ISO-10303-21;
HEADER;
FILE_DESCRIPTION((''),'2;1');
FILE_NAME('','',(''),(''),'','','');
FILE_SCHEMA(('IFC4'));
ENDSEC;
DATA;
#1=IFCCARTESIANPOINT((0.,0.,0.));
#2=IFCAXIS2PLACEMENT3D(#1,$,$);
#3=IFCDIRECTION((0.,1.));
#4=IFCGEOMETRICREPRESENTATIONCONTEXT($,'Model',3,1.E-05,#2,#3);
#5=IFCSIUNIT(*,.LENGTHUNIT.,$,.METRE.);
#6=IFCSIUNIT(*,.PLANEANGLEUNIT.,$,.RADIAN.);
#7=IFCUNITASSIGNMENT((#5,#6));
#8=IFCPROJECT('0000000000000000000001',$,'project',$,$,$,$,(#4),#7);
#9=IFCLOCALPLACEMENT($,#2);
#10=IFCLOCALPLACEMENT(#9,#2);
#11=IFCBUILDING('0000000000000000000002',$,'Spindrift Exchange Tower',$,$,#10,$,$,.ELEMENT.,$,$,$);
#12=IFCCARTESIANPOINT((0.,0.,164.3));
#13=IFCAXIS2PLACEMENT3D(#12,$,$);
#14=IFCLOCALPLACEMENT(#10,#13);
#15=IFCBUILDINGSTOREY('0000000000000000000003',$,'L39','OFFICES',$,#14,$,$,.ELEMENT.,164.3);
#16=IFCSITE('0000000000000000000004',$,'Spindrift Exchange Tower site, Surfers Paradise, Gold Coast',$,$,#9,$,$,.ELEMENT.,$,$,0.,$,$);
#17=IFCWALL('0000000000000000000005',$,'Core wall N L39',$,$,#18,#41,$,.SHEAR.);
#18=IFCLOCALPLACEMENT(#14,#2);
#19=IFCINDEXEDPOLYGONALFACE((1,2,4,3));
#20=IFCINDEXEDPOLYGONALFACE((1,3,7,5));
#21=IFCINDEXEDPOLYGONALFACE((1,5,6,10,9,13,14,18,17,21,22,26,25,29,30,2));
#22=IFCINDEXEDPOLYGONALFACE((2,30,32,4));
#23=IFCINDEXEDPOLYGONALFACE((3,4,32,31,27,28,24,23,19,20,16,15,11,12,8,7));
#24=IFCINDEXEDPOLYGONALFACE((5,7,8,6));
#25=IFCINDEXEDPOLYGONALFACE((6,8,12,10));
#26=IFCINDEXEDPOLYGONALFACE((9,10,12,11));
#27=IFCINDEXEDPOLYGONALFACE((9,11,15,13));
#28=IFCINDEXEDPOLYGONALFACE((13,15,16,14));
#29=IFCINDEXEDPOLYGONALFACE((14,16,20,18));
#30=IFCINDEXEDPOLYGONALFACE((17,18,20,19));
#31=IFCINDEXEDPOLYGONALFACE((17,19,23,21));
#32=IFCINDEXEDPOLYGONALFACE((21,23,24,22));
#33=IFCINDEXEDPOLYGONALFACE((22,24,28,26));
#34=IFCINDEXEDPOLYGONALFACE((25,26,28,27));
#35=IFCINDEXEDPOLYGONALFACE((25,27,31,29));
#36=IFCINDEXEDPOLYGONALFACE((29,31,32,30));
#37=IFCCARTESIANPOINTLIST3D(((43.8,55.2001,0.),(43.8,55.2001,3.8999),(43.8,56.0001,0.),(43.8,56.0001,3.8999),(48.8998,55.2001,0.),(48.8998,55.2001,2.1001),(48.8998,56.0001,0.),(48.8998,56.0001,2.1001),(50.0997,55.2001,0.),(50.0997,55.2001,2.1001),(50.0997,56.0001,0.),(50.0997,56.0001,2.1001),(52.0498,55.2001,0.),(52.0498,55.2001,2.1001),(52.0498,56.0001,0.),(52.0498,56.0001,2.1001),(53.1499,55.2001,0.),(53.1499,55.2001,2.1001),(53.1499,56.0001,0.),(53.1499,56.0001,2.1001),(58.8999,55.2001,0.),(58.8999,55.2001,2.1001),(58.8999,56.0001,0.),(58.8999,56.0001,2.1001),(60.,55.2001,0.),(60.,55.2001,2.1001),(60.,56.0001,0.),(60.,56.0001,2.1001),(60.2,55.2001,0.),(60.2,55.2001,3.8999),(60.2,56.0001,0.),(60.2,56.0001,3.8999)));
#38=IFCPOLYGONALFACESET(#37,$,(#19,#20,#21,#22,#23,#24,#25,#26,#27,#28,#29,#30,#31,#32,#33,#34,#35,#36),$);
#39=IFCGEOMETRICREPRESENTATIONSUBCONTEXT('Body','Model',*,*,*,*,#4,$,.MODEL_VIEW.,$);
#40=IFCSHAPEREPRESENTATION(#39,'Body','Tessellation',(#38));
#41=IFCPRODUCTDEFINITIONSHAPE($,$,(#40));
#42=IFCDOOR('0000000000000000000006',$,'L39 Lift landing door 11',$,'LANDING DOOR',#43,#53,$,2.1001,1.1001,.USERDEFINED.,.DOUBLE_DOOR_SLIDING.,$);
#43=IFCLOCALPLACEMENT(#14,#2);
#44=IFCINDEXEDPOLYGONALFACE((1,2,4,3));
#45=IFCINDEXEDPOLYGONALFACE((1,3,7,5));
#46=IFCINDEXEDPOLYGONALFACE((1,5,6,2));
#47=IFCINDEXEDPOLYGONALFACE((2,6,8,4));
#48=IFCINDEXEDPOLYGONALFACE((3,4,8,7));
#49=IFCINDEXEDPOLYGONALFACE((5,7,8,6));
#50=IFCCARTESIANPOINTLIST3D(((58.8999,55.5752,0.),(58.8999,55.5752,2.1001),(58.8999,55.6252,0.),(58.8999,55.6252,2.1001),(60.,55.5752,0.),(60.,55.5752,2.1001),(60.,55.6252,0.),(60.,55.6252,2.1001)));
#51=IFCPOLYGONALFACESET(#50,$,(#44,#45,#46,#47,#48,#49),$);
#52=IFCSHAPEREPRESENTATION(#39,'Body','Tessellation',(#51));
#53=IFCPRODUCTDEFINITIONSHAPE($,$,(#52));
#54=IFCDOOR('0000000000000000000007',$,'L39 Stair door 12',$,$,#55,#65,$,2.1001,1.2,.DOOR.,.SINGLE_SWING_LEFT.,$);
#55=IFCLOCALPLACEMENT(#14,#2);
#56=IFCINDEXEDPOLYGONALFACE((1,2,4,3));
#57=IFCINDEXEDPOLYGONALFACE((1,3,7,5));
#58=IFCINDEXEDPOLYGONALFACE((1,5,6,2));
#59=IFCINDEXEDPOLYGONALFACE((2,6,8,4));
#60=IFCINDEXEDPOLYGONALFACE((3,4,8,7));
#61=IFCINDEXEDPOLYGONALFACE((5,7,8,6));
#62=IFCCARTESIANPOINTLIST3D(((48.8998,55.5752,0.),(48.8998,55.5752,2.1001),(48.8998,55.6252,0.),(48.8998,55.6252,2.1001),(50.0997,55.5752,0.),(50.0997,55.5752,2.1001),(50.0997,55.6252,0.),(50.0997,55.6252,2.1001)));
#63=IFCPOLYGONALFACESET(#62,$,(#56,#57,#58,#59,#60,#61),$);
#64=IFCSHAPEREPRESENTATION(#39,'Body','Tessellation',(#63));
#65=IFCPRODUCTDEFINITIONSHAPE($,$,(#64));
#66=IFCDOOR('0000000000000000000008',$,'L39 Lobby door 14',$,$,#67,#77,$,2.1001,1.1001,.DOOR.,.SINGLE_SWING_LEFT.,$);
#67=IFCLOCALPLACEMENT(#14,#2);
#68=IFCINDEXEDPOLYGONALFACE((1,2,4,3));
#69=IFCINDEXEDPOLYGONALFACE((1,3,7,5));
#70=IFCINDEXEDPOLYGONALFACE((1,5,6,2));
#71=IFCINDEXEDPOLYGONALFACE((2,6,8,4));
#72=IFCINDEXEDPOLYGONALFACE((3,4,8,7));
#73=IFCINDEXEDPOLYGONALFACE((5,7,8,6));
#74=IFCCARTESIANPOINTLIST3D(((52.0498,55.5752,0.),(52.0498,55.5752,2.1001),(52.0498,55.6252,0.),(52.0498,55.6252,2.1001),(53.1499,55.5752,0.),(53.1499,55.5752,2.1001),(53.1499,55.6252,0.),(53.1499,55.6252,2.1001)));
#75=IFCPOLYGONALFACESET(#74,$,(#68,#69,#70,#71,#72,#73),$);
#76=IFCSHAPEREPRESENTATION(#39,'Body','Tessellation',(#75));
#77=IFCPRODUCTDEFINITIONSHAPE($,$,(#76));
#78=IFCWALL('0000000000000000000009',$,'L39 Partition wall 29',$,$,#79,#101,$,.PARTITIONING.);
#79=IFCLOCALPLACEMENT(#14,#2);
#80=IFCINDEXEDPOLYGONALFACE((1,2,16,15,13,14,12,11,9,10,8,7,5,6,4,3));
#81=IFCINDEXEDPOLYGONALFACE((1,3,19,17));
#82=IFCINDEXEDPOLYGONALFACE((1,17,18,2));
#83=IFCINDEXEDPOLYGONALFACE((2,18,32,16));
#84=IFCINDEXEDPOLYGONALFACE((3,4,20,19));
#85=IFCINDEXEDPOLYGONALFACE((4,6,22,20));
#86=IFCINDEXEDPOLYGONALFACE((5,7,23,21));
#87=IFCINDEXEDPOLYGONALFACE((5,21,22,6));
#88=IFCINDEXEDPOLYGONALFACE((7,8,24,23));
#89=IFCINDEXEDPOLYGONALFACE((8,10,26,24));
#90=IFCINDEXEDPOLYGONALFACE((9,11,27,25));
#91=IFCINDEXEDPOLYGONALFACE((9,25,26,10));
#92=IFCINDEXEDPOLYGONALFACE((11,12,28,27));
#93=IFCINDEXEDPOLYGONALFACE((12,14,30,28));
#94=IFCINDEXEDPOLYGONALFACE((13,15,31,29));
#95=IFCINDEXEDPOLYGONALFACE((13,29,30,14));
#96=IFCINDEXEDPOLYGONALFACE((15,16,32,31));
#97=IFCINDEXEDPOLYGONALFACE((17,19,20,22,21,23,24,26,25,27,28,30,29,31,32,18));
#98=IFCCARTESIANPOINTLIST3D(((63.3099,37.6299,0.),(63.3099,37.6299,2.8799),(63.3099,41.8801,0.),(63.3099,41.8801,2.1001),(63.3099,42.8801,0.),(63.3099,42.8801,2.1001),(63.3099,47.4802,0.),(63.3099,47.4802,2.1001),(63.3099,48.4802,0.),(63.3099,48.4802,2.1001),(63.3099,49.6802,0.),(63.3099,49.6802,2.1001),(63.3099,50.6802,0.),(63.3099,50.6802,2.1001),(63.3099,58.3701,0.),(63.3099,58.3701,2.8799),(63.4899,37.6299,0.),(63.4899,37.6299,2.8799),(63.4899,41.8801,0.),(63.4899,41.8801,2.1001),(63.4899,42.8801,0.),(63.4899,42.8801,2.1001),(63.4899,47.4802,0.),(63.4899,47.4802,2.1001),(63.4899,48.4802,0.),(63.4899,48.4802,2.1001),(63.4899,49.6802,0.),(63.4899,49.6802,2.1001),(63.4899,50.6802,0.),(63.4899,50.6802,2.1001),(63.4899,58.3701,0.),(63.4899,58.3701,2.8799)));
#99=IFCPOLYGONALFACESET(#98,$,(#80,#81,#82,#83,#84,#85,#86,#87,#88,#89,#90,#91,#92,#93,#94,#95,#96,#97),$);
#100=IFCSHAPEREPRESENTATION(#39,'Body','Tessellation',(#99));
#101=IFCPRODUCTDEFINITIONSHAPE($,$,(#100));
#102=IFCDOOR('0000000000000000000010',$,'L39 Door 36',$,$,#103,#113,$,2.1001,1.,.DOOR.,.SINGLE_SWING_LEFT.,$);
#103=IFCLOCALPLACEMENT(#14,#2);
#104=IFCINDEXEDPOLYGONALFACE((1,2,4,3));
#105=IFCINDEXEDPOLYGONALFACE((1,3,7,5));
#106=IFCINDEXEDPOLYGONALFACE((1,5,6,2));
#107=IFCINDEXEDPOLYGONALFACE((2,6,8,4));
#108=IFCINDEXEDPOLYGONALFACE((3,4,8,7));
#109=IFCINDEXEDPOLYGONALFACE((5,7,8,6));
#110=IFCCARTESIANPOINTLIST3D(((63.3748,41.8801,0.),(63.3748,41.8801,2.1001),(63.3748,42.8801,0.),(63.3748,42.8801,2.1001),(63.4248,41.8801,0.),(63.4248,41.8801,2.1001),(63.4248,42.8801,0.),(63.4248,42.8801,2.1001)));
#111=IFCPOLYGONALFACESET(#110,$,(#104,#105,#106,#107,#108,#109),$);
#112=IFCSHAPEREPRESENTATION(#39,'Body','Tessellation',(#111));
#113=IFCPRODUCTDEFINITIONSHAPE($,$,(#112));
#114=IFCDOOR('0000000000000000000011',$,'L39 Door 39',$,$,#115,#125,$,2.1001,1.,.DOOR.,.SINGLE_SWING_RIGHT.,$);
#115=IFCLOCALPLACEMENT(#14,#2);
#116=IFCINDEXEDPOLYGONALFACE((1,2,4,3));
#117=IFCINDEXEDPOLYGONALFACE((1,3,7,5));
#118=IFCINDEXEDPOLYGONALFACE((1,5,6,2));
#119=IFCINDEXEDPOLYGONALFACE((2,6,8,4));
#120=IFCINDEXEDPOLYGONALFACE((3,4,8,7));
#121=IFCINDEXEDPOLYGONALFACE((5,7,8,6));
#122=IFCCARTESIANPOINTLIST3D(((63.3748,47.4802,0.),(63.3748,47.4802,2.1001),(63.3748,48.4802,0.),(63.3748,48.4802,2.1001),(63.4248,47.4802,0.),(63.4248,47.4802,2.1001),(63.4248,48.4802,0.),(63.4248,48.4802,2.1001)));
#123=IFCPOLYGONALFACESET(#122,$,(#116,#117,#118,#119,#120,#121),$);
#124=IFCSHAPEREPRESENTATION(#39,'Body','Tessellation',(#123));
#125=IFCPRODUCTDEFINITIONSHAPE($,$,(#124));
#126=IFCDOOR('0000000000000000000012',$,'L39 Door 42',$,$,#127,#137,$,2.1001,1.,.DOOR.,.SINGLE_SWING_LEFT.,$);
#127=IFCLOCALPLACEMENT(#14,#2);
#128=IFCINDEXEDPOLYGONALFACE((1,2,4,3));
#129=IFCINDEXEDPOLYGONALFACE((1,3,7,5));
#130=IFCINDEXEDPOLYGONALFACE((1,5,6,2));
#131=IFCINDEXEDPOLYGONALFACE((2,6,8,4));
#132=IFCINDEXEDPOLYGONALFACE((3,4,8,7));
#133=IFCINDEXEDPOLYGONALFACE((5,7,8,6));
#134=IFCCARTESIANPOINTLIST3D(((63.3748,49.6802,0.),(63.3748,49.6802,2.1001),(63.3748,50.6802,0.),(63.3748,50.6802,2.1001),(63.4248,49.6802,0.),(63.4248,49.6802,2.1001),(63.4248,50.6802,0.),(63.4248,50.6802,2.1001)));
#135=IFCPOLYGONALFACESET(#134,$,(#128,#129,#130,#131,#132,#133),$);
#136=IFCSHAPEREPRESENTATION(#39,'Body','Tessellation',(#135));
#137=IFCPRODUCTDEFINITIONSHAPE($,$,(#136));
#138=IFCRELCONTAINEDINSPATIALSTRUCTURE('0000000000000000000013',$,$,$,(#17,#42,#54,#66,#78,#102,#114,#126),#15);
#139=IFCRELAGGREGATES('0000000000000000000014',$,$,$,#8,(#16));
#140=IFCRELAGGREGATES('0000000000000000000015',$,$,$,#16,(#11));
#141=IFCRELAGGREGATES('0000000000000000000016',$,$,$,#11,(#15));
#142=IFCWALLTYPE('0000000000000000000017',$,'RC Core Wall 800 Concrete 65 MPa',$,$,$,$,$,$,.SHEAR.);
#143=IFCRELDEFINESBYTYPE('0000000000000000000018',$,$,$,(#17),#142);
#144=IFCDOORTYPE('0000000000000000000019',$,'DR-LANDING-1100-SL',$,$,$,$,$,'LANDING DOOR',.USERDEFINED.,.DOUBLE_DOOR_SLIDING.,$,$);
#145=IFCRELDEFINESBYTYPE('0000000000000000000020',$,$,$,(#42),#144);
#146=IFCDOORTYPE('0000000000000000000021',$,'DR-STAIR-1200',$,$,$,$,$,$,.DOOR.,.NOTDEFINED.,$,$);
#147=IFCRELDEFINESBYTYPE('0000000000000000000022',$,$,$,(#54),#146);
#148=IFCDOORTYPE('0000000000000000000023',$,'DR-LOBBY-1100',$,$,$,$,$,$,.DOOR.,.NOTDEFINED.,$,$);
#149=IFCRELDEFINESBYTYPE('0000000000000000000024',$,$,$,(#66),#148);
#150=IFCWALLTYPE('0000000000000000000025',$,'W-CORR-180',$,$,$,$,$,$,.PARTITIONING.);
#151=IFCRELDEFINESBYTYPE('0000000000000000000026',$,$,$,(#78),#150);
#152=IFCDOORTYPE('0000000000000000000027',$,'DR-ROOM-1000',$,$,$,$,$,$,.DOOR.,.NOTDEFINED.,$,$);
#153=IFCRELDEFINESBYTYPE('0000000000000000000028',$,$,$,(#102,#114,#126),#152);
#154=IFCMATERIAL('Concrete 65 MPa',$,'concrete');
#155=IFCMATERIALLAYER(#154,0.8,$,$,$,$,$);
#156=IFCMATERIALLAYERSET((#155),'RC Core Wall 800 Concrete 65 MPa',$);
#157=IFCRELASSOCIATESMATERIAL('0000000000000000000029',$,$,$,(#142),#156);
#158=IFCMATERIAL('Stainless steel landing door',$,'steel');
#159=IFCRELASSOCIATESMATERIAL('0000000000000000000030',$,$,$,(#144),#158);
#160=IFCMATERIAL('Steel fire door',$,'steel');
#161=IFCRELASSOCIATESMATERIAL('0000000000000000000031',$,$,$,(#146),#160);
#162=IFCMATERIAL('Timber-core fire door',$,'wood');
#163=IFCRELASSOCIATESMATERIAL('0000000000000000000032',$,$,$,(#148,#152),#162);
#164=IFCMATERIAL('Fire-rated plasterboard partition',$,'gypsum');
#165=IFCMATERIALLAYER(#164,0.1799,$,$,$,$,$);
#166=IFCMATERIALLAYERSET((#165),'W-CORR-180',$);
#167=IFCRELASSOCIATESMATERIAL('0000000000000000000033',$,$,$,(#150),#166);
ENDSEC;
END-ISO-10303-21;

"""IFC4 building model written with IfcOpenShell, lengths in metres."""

from ifc_helpers import new_model, si_unit, direction, frame, frame_2d, origin, place, context, subcontext, project, spatial, rectangle, extrude, source, transform, mapped, material, layer, layer_set, type_object, element, fill, save


model = new_model("IFC4")

# Units and contexts
model_context = context("Model", 3, precision=1e-05, world=origin(), true_north=direction((0.0, 1.0)))
body_context = subcontext(model_context, "Body", "Model", "MODEL_VIEW")
ifc_project = project(units=[si_unit("LENGTHUNIT", "METRE"), si_unit("PLANEANGLEUNIT", "RADIAN")], contexts=[model_context])

# Site, building, storey
site_placement = place(None, origin())
site = spatial("IfcSite", under=ifc_project, at=site_placement, Name="Spindrift Exchange Tower site, Surfers Paradise, Gold Coast", CompositionType="ELEMENT", RefElevation=0.0)
building_placement = place(site_placement, origin())
building = spatial("IfcBuilding", under=site, at=building_placement, Name="Spindrift Exchange Tower", CompositionType="ELEMENT")
storey_placement = place(building_placement, frame((0.0, 0.0, 164.3)))
storey = spatial("IfcBuildingStorey", under=building, at=storey_placement, Name="L39", Description="OFFICES", CompositionType="ELEMENT", Elevation=164.3)

# Walls, openings, doors
ifc_material_1 = material(Name="Concrete 65 MPa", Category="concrete")
ifc_layer_1 = layer(ifc_material_1, 0.8)
ifc_layer_set_1 = layer_set([ifc_layer_1], Name="RC Core Wall 800 Concrete 65 MPa")
wall_type_1 = type_object("IfcWallType", Name="RC Core Wall 800 Concrete 65 MPa", PredefinedType="SHEAR", material=ifc_layer_set_1)
wall_1_placement = place(storey_placement, frame((60.2, 55.6001, 0.0), z_axis=(0.0, 0.0, 1.0), x_axis=(-1.0, 0.0, 0.0)))
wall_1 = element("IfcWall", 1, at=wall_1_placement, inside=storey, type_object=wall_type_1, Name="Core wall N L39", PredefinedType="SHEAR", context=body_context, shape_type="SweptSolid", body=[
    extrude(rectangle(XDim=16.3999, YDim=0.8, at=frame_2d((8.2, 0.0))), origin(), (0.0, 0.0, 1.0), 3.8999),
])
opening_1_placement = place(wall_1_placement, frame((0.2, 0.0, 0.0)))
opening_1 = element("IfcOpeningElement", 2, at=opening_1_placement, cuts=wall_1, PredefinedType="OPENING", context=body_context, shape_type="SweptSolid", body=[
    extrude(rectangle(XDim=1.1001, YDim=2.1001, at=frame_2d((0.55, 1.05))), frame((0.0, 0.4099, 0.0), z_axis=(0.0, -1.0, 0.0), x_axis=(1.0, 0.0, 0.0)), (0.0, 0.0, 1.0), 0.8201),
])
opening_2_placement = place(wall_1_placement, frame((10.1001, 0.0, 0.0)))
opening_2 = element("IfcOpeningElement", 3, at=opening_2_placement, cuts=wall_1, PredefinedType="OPENING", context=body_context, shape_type="SweptSolid", body=[
    extrude(rectangle(XDim=1.2, YDim=2.1001, at=frame_2d((0.6001, 1.05))), frame((0.0, 0.4099, 0.0), z_axis=(0.0, -1.0, 0.0), x_axis=(1.0, 0.0, 0.0)), (0.0, 0.0, 1.0), 0.8201),
])
opening_3_placement = place(wall_1_placement, frame((7.05, 0.0, 0.0)))
opening_3 = element("IfcOpeningElement", 4, at=opening_3_placement, cuts=wall_1, PredefinedType="OPENING", context=body_context, shape_type="SweptSolid", body=[
    extrude(rectangle(XDim=1.1001, YDim=2.1001, at=frame_2d((0.55, 1.05))), frame((0.0, 0.4099, 0.0), z_axis=(0.0, -1.0, 0.0), x_axis=(1.0, 0.0, 0.0)), (0.0, 0.0, 1.0), 0.8201),
])
ifc_material_2 = material(Name="Stainless steel landing door", Category="steel")
door_type_1 = type_object("IfcDoorType", Name="DR-LANDING-1100-SL", ElementType="LANDING DOOR", OperationType="DOUBLE_DOOR_SLIDING", PredefinedType="USERDEFINED", material=ifc_material_2)
shared_shape_1 = source(origin(), body_context, "Body", "SweptSolid", [
    extrude(rectangle(XDim=1.1001, YDim=2.1001, at=frame_2d((0.55, 1.05))), frame((0.0, 0.0249, 0.0), z_axis=(0.0, -1.0, 0.0), x_axis=(1.0, 0.0, 0.0)), (0.0, 0.0, 1.0), 0.05),
])
door_1_placement = place(opening_1_placement, origin())
door_1 = element("IfcDoor", 5, at=door_1_placement, inside=storey, type_object=door_type_1, Name="L39 Lift landing door 11", ObjectType="LANDING DOOR", OperationType="DOUBLE_DOOR_SLIDING", OverallHeight=2.1001, OverallWidth=1.1001, PredefinedType="USERDEFINED", context=body_context, shape_type="MappedRepresentation", body=[
    mapped(shared_shape_1, transform((0.0, 0.0, 0.0), scale=1.0)),
])
fill(opening_1, door_1)
ifc_material_3 = material(Name="Steel fire door", Category="steel")
door_type_2 = type_object("IfcDoorType", Name="DR-STAIR-1200", OperationType="NOTDEFINED", PredefinedType="DOOR", material=ifc_material_3)
shared_shape_2 = source(origin(), body_context, "Body", "SweptSolid", [
    extrude(rectangle(XDim=1.2, YDim=2.1001, at=frame_2d((0.6001, 1.05))), frame((0.0, 0.0249, 0.0), z_axis=(0.0, -1.0, 0.0), x_axis=(1.0, 0.0, 0.0)), (0.0, 0.0, 1.0), 0.05),
])
door_2_placement = place(opening_2_placement, origin())
door_2 = element("IfcDoor", 6, at=door_2_placement, inside=storey, type_object=door_type_2, Name="L39 Stair door 12", OperationType="SINGLE_SWING_LEFT", OverallHeight=2.1001, OverallWidth=1.2, PredefinedType="DOOR", context=body_context, shape_type="MappedRepresentation", body=[
    mapped(shared_shape_2, transform((0.0, 0.0, 0.0), scale=1.0)),
])
fill(opening_2, door_2)
ifc_material_4 = material(Name="Timber-core fire door", Category="wood")
door_type_3 = type_object("IfcDoorType", Name="DR-LOBBY-1100", OperationType="NOTDEFINED", PredefinedType="DOOR", material=ifc_material_4)
shared_shape_3 = source(origin(), body_context, "Body", "SweptSolid", [
    extrude(rectangle(XDim=1.1001, YDim=2.1001, at=frame_2d((0.55, 1.05))), frame((0.0, 0.0249, 0.0), z_axis=(0.0, -1.0, 0.0), x_axis=(1.0, 0.0, 0.0)), (0.0, 0.0, 1.0), 0.05),
])
door_3_placement = place(opening_3_placement, origin())
door_3 = element("IfcDoor", 7, at=door_3_placement, inside=storey, type_object=door_type_3, Name="L39 Lobby door 14", OperationType="SINGLE_SWING_LEFT", OverallHeight=2.1001, OverallWidth=1.1001, PredefinedType="DOOR", context=body_context, shape_type="MappedRepresentation", body=[
    mapped(shared_shape_3, transform((0.0, 0.0, 0.0), scale=1.0)),
])
fill(opening_3, door_3)
ifc_material_5 = material(Name="Fire-rated plasterboard partition", Category="gypsum")
ifc_layer_2 = layer(ifc_material_5, 0.1799)
ifc_layer_set_2 = layer_set([ifc_layer_2], Name="W-CORR-180")
wall_type_2 = type_object("IfcWallType", Name="W-CORR-180", PredefinedType="PARTITIONING", material=ifc_layer_set_2)
wall_2_placement = place(storey_placement, frame((63.3999, 58.3701, 0.0), z_axis=(0.0, 0.0, 1.0), x_axis=(0.0, -1.0, 0.0)))
wall_2 = element("IfcWall", 8, at=wall_2_placement, inside=storey, type_object=wall_type_2, Name="L39 Partition wall 29", PredefinedType="PARTITIONING", context=body_context, shape_type="SweptSolid", body=[
    extrude(rectangle(XDim=20.7402, YDim=0.1799, at=frame_2d((10.3701, 0.0))), origin(), (0.0, 0.0, 1.0), 2.8799),
])
opening_4_placement = place(wall_2_placement, frame((15.49, 0.0, 0.0)))
opening_4 = element("IfcOpeningElement", 9, at=opening_4_placement, cuts=wall_2, PredefinedType="OPENING", context=body_context, shape_type="SweptSolid", body=[
    extrude(rectangle(XDim=1.0, YDim=2.1001, at=frame_2d((0.5, 1.05))), frame((0.0, 0.0999, 0.0), z_axis=(0.0, -1.0, 0.0), x_axis=(1.0, 0.0, 0.0)), (0.0, 0.0, 1.0), 0.2),
])
opening_5_placement = place(wall_2_placement, frame((9.8899, 0.0, 0.0)))
opening_5 = element("IfcOpeningElement", 10, at=opening_5_placement, cuts=wall_2, PredefinedType="OPENING", context=body_context, shape_type="SweptSolid", body=[
    extrude(rectangle(XDim=1.0, YDim=2.1001, at=frame_2d((0.5, 1.05))), frame((0.0, 0.0999, 0.0), z_axis=(0.0, -1.0, 0.0), x_axis=(1.0, 0.0, 0.0)), (0.0, 0.0, 1.0), 0.2),
])
opening_6_placement = place(wall_2_placement, frame((7.6899, 0.0, 0.0)))
opening_6 = element("IfcOpeningElement", 11, at=opening_6_placement, cuts=wall_2, PredefinedType="OPENING", context=body_context, shape_type="SweptSolid", body=[
    extrude(rectangle(XDim=1.0, YDim=2.1001, at=frame_2d((0.5, 1.05))), frame((0.0, 0.0999, 0.0), z_axis=(0.0, -1.0, 0.0), x_axis=(1.0, 0.0, 0.0)), (0.0, 0.0, 1.0), 0.2),
])
door_type_4 = type_object("IfcDoorType", Name="DR-ROOM-1000", OperationType="NOTDEFINED", PredefinedType="DOOR", material=ifc_material_4)
shared_shape_4 = source(origin(), body_context, "Body", "SweptSolid", [
    extrude(rectangle(XDim=1.0, YDim=2.1001, at=frame_2d((0.5, 1.05))), frame((0.0, 0.0249, 0.0), z_axis=(0.0, -1.0, 0.0), x_axis=(1.0, 0.0, 0.0)), (0.0, 0.0, 1.0), 0.05),
])
door_4_placement = place(opening_4_placement, origin())
door_4 = element("IfcDoor", 12, at=door_4_placement, inside=storey, type_object=door_type_4, Name="L39 Door 36", OperationType="SINGLE_SWING_LEFT", OverallHeight=2.1001, OverallWidth=1.0, PredefinedType="DOOR", context=body_context, shape_type="MappedRepresentation", body=[
    mapped(shared_shape_4, transform((0.0, 0.0, 0.0), scale=1.0)),
])
fill(opening_4, door_4)
door_5_placement = place(opening_5_placement, origin())
door_5 = element("IfcDoor", 13, at=door_5_placement, inside=storey, type_object=door_type_4, Name="L39 Door 39", OperationType="SINGLE_SWING_RIGHT", OverallHeight=2.1001, OverallWidth=1.0, PredefinedType="DOOR", context=body_context, shape_type="MappedRepresentation", body=[
    mapped(shared_shape_4, transform((0.0, 0.0, 0.0), scale=1.0)),
])
fill(opening_5, door_5)
door_6_placement = place(opening_6_placement, origin())
door_6 = element("IfcDoor", 14, at=door_6_placement, inside=storey, type_object=door_type_4, Name="L39 Door 42", OperationType="SINGLE_SWING_LEFT", OverallHeight=2.1001, OverallWidth=1.0, PredefinedType="DOOR", context=body_context, shape_type="MappedRepresentation", body=[
    mapped(shared_shape_4, transform((0.0, 0.0, 0.0), scale=1.0)),
])
fill(opening_6, door_6)

save(model, "model.ifc")
